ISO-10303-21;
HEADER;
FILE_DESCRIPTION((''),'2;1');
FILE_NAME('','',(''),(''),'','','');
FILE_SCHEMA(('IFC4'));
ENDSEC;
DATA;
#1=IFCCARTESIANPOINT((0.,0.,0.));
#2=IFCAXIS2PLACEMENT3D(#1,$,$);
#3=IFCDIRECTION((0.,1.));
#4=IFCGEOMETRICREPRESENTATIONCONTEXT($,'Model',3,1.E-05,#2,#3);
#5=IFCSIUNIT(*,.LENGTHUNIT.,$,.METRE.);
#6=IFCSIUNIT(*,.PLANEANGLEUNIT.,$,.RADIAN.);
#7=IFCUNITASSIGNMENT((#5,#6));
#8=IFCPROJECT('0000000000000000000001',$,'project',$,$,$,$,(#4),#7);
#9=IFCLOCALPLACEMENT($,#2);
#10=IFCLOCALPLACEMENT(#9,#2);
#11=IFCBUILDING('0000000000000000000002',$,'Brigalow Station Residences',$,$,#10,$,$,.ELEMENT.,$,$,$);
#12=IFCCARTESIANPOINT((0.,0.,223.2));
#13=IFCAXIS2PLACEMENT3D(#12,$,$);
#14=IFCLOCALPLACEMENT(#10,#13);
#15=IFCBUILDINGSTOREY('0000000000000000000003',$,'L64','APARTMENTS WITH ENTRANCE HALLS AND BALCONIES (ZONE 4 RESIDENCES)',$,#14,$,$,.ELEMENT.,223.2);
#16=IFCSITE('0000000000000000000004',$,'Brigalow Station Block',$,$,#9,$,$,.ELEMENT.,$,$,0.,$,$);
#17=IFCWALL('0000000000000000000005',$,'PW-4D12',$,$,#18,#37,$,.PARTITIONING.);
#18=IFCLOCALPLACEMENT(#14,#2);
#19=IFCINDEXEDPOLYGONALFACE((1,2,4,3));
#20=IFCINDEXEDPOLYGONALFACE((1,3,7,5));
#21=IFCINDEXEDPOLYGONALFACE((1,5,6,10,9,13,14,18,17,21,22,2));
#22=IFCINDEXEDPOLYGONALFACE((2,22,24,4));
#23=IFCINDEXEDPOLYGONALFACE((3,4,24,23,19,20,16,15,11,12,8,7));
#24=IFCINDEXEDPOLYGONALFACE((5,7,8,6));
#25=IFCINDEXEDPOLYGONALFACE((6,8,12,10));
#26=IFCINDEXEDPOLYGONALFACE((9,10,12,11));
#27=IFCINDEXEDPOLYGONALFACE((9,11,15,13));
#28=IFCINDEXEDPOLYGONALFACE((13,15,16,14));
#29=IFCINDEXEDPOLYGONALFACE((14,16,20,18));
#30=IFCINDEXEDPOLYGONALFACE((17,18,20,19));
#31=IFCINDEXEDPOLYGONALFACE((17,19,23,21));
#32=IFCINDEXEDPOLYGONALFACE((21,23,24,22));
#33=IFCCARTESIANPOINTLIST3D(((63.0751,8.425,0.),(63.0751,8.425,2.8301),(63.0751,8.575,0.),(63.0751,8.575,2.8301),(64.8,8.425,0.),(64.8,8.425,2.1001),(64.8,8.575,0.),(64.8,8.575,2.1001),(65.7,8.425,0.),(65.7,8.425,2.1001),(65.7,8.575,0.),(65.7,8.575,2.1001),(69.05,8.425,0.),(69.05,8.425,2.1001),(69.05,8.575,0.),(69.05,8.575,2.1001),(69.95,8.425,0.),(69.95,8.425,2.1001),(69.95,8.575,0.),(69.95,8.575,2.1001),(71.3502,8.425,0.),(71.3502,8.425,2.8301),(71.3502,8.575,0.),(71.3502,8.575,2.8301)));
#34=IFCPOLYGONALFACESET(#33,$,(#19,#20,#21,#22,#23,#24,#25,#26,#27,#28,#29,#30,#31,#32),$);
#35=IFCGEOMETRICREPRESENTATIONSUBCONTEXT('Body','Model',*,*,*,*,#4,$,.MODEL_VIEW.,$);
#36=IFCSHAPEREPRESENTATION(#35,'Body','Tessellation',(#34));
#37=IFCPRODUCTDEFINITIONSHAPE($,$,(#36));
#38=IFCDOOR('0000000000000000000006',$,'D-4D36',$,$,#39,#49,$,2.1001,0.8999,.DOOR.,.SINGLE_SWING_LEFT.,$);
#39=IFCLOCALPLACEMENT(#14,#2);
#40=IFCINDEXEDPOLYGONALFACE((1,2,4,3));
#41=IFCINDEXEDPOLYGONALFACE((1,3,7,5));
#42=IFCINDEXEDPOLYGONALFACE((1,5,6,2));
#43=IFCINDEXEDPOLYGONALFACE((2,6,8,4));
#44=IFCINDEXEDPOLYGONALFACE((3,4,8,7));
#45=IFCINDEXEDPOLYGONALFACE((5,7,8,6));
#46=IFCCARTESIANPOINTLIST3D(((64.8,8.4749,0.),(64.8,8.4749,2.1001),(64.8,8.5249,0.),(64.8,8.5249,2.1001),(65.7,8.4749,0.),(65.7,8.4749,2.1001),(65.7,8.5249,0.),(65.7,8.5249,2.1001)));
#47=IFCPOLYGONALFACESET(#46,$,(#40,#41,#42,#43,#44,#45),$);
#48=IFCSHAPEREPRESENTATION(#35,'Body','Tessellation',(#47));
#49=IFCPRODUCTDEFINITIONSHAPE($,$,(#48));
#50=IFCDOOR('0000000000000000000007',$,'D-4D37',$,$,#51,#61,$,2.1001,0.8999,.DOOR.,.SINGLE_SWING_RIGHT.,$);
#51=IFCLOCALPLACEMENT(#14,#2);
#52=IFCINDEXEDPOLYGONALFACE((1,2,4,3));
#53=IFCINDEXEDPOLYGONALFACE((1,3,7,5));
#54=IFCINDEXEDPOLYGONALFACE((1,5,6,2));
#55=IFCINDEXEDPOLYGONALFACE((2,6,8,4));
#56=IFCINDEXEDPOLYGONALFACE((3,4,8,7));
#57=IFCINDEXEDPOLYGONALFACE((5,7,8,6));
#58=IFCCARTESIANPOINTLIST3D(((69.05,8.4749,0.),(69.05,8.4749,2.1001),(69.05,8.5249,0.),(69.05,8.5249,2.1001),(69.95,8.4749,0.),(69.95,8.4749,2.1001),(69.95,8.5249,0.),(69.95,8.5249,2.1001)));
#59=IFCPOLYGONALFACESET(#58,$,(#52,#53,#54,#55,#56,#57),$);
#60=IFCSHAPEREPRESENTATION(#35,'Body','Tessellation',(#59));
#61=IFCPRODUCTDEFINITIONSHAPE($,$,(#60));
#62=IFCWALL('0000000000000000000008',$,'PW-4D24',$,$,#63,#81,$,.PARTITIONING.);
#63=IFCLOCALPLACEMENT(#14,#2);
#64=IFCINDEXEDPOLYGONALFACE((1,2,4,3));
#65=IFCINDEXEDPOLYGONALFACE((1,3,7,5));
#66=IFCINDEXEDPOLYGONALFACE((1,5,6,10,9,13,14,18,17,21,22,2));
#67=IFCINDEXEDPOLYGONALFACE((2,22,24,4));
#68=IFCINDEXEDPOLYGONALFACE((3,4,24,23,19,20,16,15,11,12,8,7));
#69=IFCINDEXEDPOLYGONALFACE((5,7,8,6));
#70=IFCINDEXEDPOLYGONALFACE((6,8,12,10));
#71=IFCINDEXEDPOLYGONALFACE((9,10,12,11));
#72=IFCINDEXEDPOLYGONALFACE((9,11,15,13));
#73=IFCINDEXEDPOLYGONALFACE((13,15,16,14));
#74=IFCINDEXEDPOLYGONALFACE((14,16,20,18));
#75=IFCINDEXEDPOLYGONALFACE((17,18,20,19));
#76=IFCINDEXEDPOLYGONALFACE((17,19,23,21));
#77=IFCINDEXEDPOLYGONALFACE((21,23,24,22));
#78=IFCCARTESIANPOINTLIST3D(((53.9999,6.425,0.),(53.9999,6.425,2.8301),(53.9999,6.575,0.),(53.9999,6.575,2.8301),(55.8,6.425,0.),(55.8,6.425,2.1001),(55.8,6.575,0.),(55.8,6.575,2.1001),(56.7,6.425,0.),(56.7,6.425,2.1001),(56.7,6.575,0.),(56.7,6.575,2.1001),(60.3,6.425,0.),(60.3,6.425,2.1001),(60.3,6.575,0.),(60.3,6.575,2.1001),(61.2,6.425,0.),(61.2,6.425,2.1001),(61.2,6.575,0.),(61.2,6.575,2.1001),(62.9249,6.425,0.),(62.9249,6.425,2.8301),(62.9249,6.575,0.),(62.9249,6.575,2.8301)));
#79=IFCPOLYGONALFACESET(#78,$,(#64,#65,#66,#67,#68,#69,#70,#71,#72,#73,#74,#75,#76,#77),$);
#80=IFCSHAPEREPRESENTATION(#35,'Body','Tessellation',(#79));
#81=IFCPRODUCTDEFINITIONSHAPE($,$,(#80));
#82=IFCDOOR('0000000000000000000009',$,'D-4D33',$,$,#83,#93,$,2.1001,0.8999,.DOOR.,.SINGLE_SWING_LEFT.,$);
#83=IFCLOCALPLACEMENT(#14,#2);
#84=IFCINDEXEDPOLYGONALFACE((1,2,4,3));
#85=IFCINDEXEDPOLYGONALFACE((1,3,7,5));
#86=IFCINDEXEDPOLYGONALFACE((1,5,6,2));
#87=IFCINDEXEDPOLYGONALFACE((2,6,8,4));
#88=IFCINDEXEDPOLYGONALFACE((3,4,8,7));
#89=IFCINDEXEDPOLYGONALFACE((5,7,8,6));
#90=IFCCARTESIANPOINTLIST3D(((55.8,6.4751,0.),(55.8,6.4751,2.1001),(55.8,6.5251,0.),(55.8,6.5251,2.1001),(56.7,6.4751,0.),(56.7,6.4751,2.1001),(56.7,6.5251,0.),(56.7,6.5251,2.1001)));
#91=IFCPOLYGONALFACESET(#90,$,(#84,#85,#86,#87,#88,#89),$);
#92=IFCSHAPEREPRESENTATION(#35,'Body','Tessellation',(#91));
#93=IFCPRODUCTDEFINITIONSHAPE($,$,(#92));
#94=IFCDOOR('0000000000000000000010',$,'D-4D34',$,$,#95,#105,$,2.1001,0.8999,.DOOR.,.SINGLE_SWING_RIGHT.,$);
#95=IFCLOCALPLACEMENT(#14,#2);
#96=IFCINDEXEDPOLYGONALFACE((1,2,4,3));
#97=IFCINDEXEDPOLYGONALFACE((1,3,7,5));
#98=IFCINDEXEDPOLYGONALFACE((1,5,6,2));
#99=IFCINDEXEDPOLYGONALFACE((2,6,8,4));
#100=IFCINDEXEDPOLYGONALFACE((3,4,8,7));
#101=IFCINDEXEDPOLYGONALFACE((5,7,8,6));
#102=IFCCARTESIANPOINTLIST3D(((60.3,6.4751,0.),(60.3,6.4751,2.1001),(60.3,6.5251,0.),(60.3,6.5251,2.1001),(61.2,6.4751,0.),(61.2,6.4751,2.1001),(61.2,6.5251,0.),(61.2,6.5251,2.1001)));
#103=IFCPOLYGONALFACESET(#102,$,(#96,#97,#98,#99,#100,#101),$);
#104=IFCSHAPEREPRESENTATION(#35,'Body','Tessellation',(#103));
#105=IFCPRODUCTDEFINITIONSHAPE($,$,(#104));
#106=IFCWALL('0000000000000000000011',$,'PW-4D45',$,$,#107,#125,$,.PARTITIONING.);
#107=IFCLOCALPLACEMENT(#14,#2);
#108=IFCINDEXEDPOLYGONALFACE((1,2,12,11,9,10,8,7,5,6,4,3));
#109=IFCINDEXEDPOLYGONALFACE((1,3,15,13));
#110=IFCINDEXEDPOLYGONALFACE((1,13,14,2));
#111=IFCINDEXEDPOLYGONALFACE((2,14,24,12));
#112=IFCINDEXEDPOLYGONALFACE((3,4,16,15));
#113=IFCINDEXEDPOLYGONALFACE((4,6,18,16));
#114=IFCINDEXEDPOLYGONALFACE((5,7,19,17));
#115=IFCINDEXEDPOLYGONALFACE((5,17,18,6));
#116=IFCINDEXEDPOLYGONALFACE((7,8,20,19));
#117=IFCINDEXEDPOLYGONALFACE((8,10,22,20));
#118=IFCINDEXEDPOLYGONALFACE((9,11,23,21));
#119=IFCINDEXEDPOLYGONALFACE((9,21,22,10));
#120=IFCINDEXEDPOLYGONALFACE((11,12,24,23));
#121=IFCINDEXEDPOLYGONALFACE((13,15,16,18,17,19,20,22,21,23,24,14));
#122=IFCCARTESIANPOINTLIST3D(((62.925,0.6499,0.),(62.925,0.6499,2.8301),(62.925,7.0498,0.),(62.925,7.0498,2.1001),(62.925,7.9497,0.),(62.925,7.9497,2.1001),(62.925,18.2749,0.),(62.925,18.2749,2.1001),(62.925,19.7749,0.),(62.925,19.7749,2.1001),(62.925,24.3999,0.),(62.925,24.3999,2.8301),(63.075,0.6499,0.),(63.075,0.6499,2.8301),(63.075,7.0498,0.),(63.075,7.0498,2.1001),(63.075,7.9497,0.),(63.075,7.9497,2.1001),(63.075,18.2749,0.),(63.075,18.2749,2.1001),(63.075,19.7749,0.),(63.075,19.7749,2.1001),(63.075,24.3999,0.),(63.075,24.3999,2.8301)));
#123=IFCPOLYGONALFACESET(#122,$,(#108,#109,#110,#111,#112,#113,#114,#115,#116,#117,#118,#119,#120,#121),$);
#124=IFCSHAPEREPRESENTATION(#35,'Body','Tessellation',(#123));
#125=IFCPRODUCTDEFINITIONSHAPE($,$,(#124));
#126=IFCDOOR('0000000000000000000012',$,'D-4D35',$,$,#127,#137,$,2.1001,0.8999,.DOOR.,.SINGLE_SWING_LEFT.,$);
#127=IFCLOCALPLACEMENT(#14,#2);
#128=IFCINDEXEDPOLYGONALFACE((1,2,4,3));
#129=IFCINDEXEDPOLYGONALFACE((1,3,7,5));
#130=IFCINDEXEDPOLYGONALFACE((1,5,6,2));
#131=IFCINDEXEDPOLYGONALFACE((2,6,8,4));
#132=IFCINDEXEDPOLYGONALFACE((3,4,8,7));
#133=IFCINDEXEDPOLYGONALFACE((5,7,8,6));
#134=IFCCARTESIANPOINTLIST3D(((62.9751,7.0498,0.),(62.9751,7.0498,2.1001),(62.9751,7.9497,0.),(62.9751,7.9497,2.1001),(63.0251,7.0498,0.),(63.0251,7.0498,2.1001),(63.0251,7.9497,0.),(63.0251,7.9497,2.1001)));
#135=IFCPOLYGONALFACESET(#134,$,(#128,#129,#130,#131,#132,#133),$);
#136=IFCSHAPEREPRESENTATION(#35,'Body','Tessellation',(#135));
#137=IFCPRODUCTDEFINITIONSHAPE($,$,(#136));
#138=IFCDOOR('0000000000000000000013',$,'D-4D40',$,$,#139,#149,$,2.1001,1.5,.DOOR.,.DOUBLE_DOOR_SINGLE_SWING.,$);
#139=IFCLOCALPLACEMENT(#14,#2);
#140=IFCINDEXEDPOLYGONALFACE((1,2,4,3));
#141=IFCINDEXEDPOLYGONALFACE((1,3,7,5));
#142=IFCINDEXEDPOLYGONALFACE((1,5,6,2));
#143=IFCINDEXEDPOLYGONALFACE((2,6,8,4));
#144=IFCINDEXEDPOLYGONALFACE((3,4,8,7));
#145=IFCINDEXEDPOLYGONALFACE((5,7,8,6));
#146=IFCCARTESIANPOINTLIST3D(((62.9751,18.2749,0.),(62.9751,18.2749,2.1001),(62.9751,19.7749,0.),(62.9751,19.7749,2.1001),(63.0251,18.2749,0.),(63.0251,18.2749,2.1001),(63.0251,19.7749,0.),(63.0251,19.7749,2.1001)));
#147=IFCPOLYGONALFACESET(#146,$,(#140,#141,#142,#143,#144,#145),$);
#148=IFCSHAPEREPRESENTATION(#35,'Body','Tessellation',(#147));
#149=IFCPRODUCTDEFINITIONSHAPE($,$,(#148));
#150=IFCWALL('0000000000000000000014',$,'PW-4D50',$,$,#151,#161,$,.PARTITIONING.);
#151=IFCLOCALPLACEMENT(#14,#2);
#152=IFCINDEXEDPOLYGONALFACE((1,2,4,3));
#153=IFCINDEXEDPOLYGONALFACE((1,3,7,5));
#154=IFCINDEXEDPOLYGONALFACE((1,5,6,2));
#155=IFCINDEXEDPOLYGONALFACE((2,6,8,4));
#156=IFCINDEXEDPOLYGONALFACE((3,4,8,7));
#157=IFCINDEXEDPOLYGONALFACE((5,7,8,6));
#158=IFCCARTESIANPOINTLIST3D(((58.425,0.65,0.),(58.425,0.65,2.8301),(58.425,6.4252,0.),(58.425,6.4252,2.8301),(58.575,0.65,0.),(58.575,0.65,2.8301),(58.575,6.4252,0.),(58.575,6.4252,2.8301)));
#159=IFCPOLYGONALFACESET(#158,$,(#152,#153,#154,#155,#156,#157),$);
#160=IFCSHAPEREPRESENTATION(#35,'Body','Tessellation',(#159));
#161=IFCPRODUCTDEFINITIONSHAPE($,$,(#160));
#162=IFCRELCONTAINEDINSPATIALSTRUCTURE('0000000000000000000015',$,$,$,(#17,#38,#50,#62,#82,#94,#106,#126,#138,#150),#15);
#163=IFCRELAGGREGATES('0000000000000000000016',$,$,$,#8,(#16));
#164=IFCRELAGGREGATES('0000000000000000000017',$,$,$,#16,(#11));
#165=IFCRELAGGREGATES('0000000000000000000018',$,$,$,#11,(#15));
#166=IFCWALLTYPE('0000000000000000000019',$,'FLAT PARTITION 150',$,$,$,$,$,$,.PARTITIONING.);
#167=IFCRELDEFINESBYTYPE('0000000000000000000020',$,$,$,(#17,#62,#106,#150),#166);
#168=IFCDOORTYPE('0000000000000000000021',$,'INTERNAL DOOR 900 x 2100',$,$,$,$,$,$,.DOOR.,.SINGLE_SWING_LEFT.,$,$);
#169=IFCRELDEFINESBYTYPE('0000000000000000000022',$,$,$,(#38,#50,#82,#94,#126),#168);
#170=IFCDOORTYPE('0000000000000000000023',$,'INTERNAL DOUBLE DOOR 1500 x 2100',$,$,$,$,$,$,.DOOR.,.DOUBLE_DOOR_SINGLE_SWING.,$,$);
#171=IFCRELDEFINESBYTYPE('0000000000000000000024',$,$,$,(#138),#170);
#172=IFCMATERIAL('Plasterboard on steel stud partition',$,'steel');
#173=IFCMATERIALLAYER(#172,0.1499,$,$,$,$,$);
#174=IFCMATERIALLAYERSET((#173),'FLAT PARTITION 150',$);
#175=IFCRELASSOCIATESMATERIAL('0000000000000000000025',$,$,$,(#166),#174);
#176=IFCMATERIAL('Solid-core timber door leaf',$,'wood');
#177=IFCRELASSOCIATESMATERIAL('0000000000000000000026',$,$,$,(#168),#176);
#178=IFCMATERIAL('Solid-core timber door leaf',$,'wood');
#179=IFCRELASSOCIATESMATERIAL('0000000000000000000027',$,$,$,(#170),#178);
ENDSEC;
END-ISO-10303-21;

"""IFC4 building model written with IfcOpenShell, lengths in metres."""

from ifc_helpers import new_model, si_unit, direction, frame, frame_2d, origin, place, context, subcontext, project, spatial, rectangle, extrude, material, layer, layer_set, type_object, element, fill, save


model = new_model("IFC4")

# Units and contexts
model_context = context("Model", 3, precision=1e-05, world=origin(), true_north=direction((0.0, 1.0)))
body_context = subcontext(model_context, "Body", "Model", "MODEL_VIEW")
ifc_project = project(units=[si_unit("LENGTHUNIT", "METRE"), si_unit("PLANEANGLEUNIT", "RADIAN")], contexts=[model_context])

# Site, building, storey
site_placement = place(None, origin())
site = spatial("IfcSite", under=ifc_project, at=site_placement, Name="Brigalow Station Block", CompositionType="ELEMENT", RefElevation=0.0)
building_placement = place(site_placement, origin())
building = spatial("IfcBuilding", under=site, at=building_placement, Name="Brigalow Station Residences", CompositionType="ELEMENT")
storey_placement = place(building_placement, frame((0.0, 0.0, 223.2)))
storey = spatial("IfcBuildingStorey", under=building, at=storey_placement, Name="L64", Description="APARTMENTS WITH ENTRANCE HALLS AND BALCONIES (ZONE 4 RESIDENCES)", CompositionType="ELEMENT", Elevation=223.2)

# Walls, openings, doors
ifc_material_1 = material(Name="Plasterboard on steel stud partition", Category="steel")
ifc_layer_1 = layer(ifc_material_1, 0.1499)
ifc_layer_set_1 = layer_set([ifc_layer_1], Name="FLAT PARTITION 150")
wall_type_1 = type_object("IfcWallType", Name="FLAT PARTITION 150", PredefinedType="PARTITIONING", material=ifc_layer_set_1)
wall_1_placement = place(storey_placement, frame((63.075, 8.5, 0.0), z_axis=(0.0, 0.0, 1.0), x_axis=(1.0, 0.0, 0.0)))
wall_1 = element("IfcWall", 1, at=wall_1_placement, inside=storey, type_object=wall_type_1, Name="PW-4D12", PredefinedType="PARTITIONING", context=body_context, shape_type="SweptSolid", body=[
    extrude(rectangle(XDim=8.2751, YDim=0.1499, at=frame_2d((4.1377, 0.0))), origin(), (0.0, 0.0, 1.0), 2.8301),
])
opening_1_placement = place(wall_1_placement, frame((1.7251, 0.0, 0.0)))
opening_1 = element("IfcOpeningElement", 2, at=opening_1_placement, cuts=wall_1, PredefinedType="OPENING", context=body_context, shape_type="SweptSolid", body=[
    extrude(rectangle(XDim=0.8999, YDim=2.1001, at=frame_2d((0.45, 1.05))), frame((0.0, 0.085, 0.0), z_axis=(0.0, -1.0, 0.0), x_axis=(1.0, 0.0, 0.0)), (0.0, 0.0, 1.0), 0.1699),
])
opening_2_placement = place(wall_1_placement, frame((5.9751, 0.0, 0.0)))
opening_2 = element("IfcOpeningElement", 3, at=opening_2_placement, cuts=wall_1, PredefinedType="OPENING", context=body_context, shape_type="SweptSolid", body=[
    extrude(rectangle(XDim=0.8999, YDim=2.1001, at=frame_2d((0.45, 1.05))), frame((0.0, 0.085, 0.0), z_axis=(0.0, -1.0, 0.0), x_axis=(1.0, 0.0, 0.0)), (0.0, 0.0, 1.0), 0.1699),
])
ifc_material_2 = material(Name="Solid-core timber door leaf", Category="wood")
door_type_1 = type_object("IfcDoorType", Name="INTERNAL DOOR 900 x 2100", OperationType="SINGLE_SWING_LEFT", PredefinedType="DOOR", material=ifc_material_2)
door_1_placement = place(opening_1_placement, origin())
door_1 = element("IfcDoor", 4, at=door_1_placement, inside=storey, type_object=door_type_1, Name="D-4D36", OperationType="SINGLE_SWING_LEFT", OverallHeight=2.1001, OverallWidth=0.8999, PredefinedType="DOOR", context=body_context, shape_type="SweptSolid", body=[
    extrude(rectangle(XDim=0.8999, YDim=2.1001, at=frame_2d((0.45, 1.05))), frame((0.0, 0.0249, 0.0), z_axis=(0.0, -1.0, 0.0), x_axis=(1.0, 0.0, 0.0)), (0.0, 0.0, 1.0), 0.05),
])
fill(opening_1, door_1)
door_2_placement = place(opening_2_placement, origin())
door_2 = element("IfcDoor", 5, at=door_2_placement, inside=storey, type_object=door_type_1, Name="D-4D37", OperationType="SINGLE_SWING_RIGHT", OverallHeight=2.1001, OverallWidth=0.8999, PredefinedType="DOOR", context=body_context, shape_type="SweptSolid", body=[
    extrude(rectangle(XDim=0.8999, YDim=2.1001, at=frame_2d((0.45, 1.05))), frame((0.0, 0.0249, 0.0), z_axis=(0.0, -1.0, 0.0), x_axis=(1.0, 0.0, 0.0)), (0.0, 0.0, 1.0), 0.05),
])
fill(opening_2, door_2)
wall_2_placement = place(storey_placement, frame((54.0, 6.5, 0.0), z_axis=(0.0, 0.0, 1.0), x_axis=(1.0, 0.0, 0.0)))
wall_2 = element("IfcWall", 6, at=wall_2_placement, inside=storey, type_object=wall_type_1, Name="PW-4D24", PredefinedType="PARTITIONING", context=body_context, shape_type="SweptSolid", body=[
    extrude(rectangle(XDim=8.925, YDim=0.1499, at=frame_2d((4.4624, 0.0))), origin(), (0.0, 0.0, 1.0), 2.8301),
])
opening_3_placement = place(wall_2_placement, frame((1.8, 0.0, 0.0)))
opening_3 = element("IfcOpeningElement", 7, at=opening_3_placement, cuts=wall_2, PredefinedType="OPENING", context=body_context, shape_type="SweptSolid", body=[
    extrude(rectangle(XDim=0.8999, YDim=2.1001, at=frame_2d((0.45, 1.05))), frame((0.0, 0.085, 0.0), z_axis=(0.0, -1.0, 0.0), x_axis=(1.0, 0.0, 0.0)), (0.0, 0.0, 1.0), 0.1699),
])
opening_4_placement = place(wall_2_placement, frame((6.3, 0.0, 0.0)))
opening_4 = element("IfcOpeningElement", 8, at=opening_4_placement, cuts=wall_2, PredefinedType="OPENING", context=body_context, shape_type="SweptSolid", body=[
    extrude(rectangle(XDim=0.8999, YDim=2.1001, at=frame_2d((0.45, 1.05))), frame((0.0, 0.085, 0.0), z_axis=(0.0, -1.0, 0.0), x_axis=(1.0, 0.0, 0.0)), (0.0, 0.0, 1.0), 0.1699),
])
door_3_placement = place(opening_3_placement, frame((0.8999, 0.0, 0.0), z_axis=(0.0, 0.0, 1.0), x_axis=(-1.0, 0.0, 0.0)))
door_3 = element("IfcDoor", 9, at=door_3_placement, inside=storey, type_object=door_type_1, Name="D-4D33", OperationType="SINGLE_SWING_LEFT", OverallHeight=2.1001, OverallWidth=0.8999, PredefinedType="DOOR", context=body_context, shape_type="SweptSolid", body=[
    extrude(rectangle(XDim=0.8999, YDim=2.1001, at=frame_2d((0.45, 1.05))), frame((0.0, 0.0249, 0.0), z_axis=(0.0, -1.0, 0.0), x_axis=(1.0, 0.0, 0.0)), (0.0, 0.0, 1.0), 0.05),
])
fill(opening_3, door_3)
door_4_placement = place(opening_4_placement, frame((0.8999, 0.0, 0.0), z_axis=(0.0, 0.0, 1.0), x_axis=(-1.0, 0.0, 0.0)))
door_4 = element("IfcDoor", 10, at=door_4_placement, inside=storey, type_object=door_type_1, Name="D-4D34", OperationType="SINGLE_SWING_RIGHT", OverallHeight=2.1001, OverallWidth=0.8999, PredefinedType="DOOR", context=body_context, shape_type="SweptSolid", body=[
    extrude(rectangle(XDim=0.8999, YDim=2.1001, at=frame_2d((0.45, 1.05))), frame((0.0, 0.0249, 0.0), z_axis=(0.0, -1.0, 0.0), x_axis=(1.0, 0.0, 0.0)), (0.0, 0.0, 1.0), 0.05),
])
fill(opening_4, door_4)
wall_3_placement = place(storey_placement, frame((63.0, 0.6499, 0.0), z_axis=(0.0, 0.0, 1.0), x_axis=(0.0, 1.0, 0.0)))
wall_3 = element("IfcWall", 11, at=wall_3_placement, inside=storey, type_object=wall_type_1, Name="PW-4D45", PredefinedType="PARTITIONING", context=body_context, shape_type="SweptSolid", body=[
    extrude(rectangle(XDim=23.75, YDim=0.1499, at=frame_2d((11.875, 0.0))), origin(), (0.0, 0.0, 1.0), 2.8301),
])
opening_5_placement = place(wall_3_placement, frame((6.3999, 0.0, 0.0)))
opening_5 = element("IfcOpeningElement", 12, at=opening_5_placement, cuts=wall_3, PredefinedType="OPENING", context=body_context, shape_type="SweptSolid", body=[
    extrude(rectangle(XDim=0.8999, YDim=2.1001, at=frame_2d((0.45, 1.05))), frame((0.0, 0.085, 0.0), z_axis=(0.0, -1.0, 0.0), x_axis=(1.0, 0.0, 0.0)), (0.0, 0.0, 1.0), 0.1699),
])
opening_6_placement = place(wall_3_placement, frame((17.625, 0.0, 0.0)))
opening_6 = element("IfcOpeningElement", 13, at=opening_6_placement, cuts=wall_3, PredefinedType="OPENING", context=body_context, shape_type="SweptSolid", body=[
    extrude(rectangle(XDim=1.5, YDim=2.1001, at=frame_2d((0.75, 1.05))), frame((0.0, 0.085, 0.0), z_axis=(0.0, -1.0, 0.0), x_axis=(1.0, 0.0, 0.0)), (0.0, 0.0, 1.0), 0.1699),
])
door_5_placement = place(opening_5_placement, origin())
door_5 = element("IfcDoor", 14, at=door_5_placement, inside=storey, type_object=door_type_1, Name="D-4D35", OperationType="SINGLE_SWING_LEFT", OverallHeight=2.1001, OverallWidth=0.8999, PredefinedType="DOOR", context=body_context, shape_type="SweptSolid", body=[
    extrude(rectangle(XDim=0.8999, YDim=2.1001, at=frame_2d((0.45, 1.05))), frame((0.0, 0.0249, 0.0), z_axis=(0.0, -1.0, 0.0), x_axis=(1.0, 0.0, 0.0)), (0.0, 0.0, 1.0), 0.05),
])
fill(opening_5, door_5)
ifc_material_3 = material(Name="Solid-core timber door leaf", Category="wood")
door_type_2 = type_object("IfcDoorType", Name="INTERNAL DOUBLE DOOR 1500 x 2100", OperationType="DOUBLE_DOOR_SINGLE_SWING", PredefinedType="DOOR", material=ifc_material_3)
door_6_placement = place(opening_6_placement, origin())
door_6 = element("IfcDoor", 15, at=door_6_placement, inside=storey, type_object=door_type_2, Name="D-4D40", OperationType="DOUBLE_DOOR_SINGLE_SWING", OverallHeight=2.1001, OverallWidth=1.5, PredefinedType="DOOR", context=body_context, shape_type="SweptSolid", body=[
    extrude(rectangle(XDim=1.5, YDim=2.1001, at=frame_2d((0.75, 1.05))), frame((0.0, 0.0249, 0.0), z_axis=(0.0, -1.0, 0.0), x_axis=(1.0, 0.0, 0.0)), (0.0, 0.0, 1.0), 0.05),
])
fill(opening_6, door_6)

# Wall
wall_4_placement = place(storey_placement, frame((58.5, 0.6499, 0.0), z_axis=(0.0, 0.0, 1.0), x_axis=(0.0, 1.0, 0.0)))
element("IfcWall", 16, at=wall_4_placement, inside=storey, type_object=wall_type_1, Name="PW-4D50", PredefinedType="PARTITIONING", context=body_context, shape_type="SweptSolid", body=[
    extrude(rectangle(XDim=5.7751, YDim=0.1499, at=frame_2d((2.8877, 0.0))), origin(), (0.0, 0.0, 1.0), 2.8301),
])

save(model, "model.ifc")
